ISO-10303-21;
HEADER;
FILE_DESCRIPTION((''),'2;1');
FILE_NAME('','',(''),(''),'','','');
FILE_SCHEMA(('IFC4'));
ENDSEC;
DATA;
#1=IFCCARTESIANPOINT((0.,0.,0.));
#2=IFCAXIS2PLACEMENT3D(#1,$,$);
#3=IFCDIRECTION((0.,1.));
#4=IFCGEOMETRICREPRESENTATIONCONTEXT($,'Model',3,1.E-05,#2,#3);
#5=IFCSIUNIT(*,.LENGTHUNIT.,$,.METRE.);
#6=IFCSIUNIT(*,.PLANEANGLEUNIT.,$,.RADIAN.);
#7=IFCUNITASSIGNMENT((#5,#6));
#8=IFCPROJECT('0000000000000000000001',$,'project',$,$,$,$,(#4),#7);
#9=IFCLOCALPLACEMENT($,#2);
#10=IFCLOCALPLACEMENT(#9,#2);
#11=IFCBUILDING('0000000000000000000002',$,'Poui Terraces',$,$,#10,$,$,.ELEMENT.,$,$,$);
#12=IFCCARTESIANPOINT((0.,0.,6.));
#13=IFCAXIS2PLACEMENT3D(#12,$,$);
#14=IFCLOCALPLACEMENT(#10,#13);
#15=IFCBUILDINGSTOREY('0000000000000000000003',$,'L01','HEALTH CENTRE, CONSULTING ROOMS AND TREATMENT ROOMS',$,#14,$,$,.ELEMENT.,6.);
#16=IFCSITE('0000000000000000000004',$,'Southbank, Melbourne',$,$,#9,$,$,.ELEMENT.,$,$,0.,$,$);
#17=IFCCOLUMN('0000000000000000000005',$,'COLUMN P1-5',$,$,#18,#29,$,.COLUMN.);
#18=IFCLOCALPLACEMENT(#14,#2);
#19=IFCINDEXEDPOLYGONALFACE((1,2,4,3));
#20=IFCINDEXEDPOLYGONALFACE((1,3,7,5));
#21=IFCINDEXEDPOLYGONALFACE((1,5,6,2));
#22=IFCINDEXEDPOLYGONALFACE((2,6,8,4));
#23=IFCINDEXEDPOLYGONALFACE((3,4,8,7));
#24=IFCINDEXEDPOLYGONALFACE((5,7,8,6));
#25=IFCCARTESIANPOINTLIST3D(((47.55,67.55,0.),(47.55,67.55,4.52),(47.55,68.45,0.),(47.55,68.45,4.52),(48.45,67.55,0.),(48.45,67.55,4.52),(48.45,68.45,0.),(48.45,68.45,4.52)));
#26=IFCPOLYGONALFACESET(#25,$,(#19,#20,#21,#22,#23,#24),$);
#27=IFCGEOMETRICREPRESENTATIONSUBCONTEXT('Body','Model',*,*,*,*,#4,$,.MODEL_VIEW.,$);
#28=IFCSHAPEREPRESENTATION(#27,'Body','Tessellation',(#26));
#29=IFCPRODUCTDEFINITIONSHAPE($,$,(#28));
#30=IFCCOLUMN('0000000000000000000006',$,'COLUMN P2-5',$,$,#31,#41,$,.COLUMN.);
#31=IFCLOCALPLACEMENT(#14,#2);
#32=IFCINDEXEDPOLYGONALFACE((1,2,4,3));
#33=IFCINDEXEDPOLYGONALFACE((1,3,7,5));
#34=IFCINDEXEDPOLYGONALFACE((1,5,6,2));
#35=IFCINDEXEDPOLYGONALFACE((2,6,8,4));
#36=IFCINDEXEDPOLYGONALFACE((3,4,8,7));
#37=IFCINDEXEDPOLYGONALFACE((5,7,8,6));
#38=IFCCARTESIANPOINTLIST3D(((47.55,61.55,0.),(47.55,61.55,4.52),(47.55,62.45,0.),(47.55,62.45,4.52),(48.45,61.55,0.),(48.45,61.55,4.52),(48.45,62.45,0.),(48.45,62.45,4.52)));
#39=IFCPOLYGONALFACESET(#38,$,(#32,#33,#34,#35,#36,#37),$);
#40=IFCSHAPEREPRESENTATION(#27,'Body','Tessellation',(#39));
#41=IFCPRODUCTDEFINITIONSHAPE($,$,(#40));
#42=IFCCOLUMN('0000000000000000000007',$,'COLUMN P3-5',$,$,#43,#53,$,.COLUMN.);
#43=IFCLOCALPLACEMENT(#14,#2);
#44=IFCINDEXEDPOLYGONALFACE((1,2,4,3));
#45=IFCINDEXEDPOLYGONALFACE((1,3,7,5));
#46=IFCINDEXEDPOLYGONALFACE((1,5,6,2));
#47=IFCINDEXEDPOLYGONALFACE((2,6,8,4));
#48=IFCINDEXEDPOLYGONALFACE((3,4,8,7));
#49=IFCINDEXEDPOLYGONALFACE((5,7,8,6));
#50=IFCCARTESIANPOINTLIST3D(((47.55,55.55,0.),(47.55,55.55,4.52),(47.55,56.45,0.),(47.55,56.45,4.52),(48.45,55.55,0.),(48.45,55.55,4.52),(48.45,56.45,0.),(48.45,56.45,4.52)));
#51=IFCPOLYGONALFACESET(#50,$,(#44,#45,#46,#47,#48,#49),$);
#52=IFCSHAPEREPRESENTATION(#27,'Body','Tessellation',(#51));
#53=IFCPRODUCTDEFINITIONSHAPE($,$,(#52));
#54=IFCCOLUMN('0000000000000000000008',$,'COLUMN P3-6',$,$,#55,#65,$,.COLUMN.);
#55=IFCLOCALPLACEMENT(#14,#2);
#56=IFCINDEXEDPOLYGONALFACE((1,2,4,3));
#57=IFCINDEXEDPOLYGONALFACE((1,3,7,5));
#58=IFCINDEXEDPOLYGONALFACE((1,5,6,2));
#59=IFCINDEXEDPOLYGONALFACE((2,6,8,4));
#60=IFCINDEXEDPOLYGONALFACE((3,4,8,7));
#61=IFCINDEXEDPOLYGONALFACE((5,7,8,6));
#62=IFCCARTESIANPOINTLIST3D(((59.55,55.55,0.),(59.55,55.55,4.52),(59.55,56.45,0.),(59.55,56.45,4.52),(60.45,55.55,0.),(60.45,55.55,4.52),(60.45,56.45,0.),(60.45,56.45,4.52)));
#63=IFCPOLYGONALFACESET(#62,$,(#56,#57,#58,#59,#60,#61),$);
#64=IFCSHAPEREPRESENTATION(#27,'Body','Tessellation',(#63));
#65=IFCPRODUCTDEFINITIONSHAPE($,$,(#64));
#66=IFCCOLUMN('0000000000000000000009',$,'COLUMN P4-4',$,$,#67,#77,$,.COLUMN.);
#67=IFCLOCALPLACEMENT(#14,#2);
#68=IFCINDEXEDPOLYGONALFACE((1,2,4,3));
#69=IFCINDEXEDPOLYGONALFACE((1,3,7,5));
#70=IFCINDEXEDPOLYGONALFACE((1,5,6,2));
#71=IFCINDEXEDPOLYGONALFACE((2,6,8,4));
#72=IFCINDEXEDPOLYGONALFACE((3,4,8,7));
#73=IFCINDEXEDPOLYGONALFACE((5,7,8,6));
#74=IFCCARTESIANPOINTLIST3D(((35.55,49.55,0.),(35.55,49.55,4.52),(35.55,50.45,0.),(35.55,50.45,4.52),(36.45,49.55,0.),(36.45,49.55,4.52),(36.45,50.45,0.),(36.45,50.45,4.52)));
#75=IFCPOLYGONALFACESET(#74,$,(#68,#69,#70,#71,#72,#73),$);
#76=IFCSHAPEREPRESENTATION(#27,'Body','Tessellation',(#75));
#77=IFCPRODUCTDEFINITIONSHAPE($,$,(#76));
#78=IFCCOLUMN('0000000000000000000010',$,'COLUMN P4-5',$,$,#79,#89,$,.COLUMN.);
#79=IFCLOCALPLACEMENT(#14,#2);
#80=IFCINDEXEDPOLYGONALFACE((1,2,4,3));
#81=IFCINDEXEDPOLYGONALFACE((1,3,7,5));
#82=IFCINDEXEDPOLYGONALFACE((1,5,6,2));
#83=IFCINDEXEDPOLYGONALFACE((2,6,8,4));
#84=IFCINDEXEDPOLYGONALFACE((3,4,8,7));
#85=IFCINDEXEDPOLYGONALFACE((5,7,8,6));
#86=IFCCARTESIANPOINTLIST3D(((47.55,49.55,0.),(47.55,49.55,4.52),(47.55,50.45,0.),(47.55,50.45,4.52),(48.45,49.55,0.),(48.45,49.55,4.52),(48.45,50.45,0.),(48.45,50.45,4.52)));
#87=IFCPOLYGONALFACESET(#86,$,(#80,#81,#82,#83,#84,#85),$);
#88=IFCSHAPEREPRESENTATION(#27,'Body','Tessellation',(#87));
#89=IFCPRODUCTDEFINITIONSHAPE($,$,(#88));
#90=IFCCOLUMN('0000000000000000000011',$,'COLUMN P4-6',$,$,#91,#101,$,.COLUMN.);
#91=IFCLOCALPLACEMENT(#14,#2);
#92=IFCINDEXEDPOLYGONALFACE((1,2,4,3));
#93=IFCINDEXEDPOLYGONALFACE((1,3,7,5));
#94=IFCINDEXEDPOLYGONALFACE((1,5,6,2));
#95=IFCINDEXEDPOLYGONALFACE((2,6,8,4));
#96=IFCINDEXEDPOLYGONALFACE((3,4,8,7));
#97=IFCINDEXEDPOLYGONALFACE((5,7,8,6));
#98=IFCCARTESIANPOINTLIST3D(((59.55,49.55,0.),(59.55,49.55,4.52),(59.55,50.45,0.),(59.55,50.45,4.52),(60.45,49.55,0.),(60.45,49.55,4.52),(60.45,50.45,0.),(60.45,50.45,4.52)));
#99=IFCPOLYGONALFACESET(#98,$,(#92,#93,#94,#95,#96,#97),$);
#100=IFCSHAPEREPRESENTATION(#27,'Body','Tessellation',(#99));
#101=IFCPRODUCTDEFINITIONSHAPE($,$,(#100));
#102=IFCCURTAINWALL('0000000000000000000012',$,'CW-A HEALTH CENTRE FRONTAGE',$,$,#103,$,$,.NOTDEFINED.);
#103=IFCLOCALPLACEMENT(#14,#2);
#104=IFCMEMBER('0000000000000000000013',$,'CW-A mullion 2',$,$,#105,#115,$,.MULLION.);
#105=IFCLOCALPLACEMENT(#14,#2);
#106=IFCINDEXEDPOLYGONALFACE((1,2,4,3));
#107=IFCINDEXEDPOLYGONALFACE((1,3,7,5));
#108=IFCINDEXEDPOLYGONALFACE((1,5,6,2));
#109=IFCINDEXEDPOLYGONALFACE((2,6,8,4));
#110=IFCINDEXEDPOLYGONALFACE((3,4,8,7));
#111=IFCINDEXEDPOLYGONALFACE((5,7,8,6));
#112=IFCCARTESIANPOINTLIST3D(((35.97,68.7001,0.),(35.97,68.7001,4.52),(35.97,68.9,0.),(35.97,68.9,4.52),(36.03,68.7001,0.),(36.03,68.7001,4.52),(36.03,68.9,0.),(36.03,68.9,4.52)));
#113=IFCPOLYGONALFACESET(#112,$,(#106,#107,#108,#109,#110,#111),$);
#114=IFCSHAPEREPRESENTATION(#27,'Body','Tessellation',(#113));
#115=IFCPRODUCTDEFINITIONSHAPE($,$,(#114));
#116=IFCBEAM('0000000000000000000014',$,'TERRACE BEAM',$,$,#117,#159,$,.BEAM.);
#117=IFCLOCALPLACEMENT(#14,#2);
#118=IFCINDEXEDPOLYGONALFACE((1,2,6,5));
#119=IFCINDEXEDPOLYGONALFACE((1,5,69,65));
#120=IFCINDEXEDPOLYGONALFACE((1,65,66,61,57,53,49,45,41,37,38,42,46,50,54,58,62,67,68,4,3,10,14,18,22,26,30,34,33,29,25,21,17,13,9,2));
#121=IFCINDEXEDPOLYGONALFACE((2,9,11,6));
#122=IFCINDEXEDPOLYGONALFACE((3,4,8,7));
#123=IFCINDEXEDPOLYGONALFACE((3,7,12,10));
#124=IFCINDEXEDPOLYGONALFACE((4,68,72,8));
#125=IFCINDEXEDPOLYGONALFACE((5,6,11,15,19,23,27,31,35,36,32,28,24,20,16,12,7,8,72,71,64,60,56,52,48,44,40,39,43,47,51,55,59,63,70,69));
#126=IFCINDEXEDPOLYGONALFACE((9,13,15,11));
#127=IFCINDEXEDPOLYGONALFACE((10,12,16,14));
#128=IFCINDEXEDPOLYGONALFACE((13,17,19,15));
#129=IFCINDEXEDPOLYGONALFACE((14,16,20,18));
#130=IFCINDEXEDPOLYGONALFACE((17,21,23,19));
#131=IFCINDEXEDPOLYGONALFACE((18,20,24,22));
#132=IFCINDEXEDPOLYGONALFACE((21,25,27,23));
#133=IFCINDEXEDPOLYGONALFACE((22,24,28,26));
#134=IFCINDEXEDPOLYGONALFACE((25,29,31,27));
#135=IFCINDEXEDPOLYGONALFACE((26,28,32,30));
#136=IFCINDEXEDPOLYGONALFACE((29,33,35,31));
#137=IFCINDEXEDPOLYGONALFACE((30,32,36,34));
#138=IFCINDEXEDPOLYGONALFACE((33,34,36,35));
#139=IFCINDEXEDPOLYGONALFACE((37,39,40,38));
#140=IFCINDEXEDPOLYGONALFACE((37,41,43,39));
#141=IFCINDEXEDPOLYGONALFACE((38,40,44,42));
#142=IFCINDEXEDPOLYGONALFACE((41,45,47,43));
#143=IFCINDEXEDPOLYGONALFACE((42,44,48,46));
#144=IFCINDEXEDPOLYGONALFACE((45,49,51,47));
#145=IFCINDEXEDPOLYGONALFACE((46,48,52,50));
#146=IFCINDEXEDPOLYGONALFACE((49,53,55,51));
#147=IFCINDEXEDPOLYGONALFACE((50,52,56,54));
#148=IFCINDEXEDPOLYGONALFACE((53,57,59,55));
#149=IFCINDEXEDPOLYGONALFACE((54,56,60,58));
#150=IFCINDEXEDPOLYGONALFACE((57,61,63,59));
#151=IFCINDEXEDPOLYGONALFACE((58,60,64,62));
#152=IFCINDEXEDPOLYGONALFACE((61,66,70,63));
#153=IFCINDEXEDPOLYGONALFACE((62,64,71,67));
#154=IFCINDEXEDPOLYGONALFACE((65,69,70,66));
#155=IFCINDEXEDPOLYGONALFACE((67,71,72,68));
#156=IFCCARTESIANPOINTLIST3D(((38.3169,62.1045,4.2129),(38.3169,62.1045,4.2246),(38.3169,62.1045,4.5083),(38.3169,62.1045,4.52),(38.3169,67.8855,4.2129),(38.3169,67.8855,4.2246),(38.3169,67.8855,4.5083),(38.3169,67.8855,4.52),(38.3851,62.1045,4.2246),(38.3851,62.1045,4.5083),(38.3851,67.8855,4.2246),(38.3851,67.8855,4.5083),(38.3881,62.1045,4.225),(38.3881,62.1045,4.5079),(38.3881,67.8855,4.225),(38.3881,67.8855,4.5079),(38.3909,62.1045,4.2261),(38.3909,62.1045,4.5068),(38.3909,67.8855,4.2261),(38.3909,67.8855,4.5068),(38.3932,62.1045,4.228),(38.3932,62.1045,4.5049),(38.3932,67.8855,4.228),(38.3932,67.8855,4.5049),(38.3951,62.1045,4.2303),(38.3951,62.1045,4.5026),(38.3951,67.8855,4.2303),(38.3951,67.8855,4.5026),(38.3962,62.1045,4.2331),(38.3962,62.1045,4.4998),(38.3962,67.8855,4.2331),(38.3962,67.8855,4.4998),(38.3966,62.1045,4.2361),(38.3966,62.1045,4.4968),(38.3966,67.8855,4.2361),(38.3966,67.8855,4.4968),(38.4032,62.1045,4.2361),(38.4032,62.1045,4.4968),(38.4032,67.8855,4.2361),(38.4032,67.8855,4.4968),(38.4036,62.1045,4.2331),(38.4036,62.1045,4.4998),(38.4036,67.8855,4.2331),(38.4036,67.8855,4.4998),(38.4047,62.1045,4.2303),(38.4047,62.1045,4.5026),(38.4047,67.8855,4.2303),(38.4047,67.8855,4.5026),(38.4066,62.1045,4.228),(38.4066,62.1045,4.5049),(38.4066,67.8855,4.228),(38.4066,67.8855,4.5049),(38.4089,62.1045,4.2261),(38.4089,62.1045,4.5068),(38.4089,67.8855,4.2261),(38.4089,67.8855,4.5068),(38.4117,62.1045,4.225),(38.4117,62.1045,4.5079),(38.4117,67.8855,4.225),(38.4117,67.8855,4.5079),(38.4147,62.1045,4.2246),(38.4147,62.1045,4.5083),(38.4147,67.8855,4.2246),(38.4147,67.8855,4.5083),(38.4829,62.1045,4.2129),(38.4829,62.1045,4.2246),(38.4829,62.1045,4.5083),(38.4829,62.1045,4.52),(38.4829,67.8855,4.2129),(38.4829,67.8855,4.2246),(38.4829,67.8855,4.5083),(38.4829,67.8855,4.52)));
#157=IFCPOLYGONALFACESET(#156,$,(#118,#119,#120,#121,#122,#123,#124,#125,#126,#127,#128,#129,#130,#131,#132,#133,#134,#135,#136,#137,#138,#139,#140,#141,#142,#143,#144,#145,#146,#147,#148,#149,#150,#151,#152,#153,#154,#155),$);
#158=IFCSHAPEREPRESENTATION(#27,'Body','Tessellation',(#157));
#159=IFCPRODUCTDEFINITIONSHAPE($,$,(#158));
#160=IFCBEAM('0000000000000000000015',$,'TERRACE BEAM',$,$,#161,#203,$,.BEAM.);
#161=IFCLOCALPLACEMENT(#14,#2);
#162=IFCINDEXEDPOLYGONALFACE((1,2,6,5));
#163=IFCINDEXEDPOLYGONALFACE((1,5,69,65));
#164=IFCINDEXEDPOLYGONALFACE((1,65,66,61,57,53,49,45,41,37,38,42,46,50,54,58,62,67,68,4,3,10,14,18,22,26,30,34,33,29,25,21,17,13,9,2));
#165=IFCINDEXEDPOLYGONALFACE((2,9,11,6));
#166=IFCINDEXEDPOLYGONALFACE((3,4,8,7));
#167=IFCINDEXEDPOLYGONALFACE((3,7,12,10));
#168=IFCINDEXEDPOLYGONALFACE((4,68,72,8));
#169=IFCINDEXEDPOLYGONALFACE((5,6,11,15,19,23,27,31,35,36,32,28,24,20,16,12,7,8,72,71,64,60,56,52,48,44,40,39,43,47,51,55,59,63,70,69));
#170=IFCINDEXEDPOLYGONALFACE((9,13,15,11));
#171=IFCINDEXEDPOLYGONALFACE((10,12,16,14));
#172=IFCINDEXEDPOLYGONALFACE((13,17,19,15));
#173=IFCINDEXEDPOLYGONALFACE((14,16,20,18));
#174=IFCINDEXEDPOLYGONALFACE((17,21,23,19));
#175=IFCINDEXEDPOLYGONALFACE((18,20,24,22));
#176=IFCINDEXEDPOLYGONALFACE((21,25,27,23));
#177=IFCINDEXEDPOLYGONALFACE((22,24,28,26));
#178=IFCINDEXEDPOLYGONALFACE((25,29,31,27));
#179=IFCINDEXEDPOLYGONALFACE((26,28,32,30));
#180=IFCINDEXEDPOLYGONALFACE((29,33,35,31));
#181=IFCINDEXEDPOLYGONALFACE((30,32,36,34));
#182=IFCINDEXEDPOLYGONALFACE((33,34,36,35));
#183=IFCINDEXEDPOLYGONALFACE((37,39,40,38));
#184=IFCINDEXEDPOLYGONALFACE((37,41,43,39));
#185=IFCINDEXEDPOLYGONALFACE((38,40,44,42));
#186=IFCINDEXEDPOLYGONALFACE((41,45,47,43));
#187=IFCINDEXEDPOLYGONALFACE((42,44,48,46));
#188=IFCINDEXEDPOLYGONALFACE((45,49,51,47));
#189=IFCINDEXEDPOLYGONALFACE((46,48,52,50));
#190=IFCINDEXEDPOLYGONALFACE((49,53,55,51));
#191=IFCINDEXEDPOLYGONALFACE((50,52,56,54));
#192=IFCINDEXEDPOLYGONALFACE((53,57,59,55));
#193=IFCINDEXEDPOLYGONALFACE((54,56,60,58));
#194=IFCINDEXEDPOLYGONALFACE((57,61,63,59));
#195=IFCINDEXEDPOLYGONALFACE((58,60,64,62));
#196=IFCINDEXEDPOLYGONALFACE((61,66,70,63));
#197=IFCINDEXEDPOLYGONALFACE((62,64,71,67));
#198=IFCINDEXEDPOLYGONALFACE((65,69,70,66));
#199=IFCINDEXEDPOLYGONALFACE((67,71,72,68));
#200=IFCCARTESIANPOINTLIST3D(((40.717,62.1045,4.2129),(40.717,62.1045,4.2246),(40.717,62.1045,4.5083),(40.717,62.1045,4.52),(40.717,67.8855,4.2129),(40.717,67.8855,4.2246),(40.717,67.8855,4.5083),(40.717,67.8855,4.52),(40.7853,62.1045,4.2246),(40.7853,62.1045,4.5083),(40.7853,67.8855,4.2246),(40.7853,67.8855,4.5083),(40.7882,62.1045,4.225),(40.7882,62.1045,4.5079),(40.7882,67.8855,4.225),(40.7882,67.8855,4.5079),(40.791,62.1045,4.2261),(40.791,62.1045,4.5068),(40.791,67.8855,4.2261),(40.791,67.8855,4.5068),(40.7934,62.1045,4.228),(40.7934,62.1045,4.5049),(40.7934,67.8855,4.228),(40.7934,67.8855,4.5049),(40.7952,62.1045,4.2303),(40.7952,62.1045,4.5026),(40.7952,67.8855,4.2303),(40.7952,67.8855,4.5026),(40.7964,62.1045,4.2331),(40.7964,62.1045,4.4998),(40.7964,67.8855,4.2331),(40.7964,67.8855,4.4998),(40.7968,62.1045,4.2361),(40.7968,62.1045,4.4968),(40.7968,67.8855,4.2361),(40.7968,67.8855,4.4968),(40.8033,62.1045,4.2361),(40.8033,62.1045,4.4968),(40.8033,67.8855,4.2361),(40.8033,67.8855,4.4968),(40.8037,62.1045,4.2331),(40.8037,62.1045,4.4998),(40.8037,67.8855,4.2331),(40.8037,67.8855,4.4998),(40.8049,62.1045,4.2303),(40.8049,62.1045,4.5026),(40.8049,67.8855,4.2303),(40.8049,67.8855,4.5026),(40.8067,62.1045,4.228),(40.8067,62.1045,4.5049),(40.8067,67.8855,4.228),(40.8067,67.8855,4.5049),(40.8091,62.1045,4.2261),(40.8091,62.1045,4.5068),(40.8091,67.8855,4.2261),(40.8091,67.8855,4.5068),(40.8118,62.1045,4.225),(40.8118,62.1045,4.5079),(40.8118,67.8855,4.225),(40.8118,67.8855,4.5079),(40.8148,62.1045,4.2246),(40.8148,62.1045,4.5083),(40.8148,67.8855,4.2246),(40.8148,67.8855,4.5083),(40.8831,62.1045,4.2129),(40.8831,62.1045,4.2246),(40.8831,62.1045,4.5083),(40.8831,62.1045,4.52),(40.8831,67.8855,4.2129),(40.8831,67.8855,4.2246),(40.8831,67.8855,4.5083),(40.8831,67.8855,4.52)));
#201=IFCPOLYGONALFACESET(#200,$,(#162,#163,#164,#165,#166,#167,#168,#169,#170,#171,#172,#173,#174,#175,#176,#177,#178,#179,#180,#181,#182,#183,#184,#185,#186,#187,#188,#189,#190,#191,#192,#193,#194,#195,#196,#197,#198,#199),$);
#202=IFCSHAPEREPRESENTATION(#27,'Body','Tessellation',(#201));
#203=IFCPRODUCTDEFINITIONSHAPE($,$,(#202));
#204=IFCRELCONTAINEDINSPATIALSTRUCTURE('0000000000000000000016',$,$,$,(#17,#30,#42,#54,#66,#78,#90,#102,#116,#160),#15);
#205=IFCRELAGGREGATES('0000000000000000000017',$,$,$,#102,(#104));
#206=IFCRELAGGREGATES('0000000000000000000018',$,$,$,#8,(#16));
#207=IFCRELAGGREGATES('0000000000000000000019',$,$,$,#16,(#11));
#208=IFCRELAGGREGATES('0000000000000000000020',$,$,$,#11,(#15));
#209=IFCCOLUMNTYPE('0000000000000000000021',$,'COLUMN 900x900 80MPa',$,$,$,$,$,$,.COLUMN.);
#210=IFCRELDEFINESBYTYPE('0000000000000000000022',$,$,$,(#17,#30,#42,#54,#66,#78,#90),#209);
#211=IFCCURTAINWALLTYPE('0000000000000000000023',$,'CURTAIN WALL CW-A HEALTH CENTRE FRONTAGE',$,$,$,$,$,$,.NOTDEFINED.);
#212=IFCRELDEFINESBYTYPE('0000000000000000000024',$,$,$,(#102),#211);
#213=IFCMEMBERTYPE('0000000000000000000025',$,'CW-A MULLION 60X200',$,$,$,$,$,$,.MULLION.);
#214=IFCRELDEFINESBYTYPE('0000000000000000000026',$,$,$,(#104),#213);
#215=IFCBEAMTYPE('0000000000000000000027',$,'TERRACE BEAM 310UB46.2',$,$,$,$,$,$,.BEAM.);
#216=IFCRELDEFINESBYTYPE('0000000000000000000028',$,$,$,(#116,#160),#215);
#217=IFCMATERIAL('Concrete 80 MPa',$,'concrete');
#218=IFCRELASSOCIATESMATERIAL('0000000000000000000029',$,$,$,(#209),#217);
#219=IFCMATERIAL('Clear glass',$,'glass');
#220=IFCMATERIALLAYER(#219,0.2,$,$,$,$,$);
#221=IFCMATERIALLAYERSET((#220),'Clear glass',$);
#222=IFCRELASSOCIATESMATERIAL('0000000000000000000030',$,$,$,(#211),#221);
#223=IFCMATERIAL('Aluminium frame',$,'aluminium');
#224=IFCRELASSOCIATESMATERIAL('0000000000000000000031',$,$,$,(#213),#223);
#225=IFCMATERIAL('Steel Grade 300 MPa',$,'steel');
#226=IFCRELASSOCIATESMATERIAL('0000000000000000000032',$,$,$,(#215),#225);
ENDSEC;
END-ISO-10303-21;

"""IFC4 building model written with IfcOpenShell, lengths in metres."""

from ifc_helpers import new_model, si_unit, direction, frame, origin, origin_2d, place, context, subcontext, project, spatial, rectangle, i_section, extrude, source, transform, mapped, material, layer, layer_set, material_profile, profile_set, type_object, element, aggregate, save


model = new_model("IFC4")

# Units and contexts
model_context = context("Model", 3, precision=1e-05, world=origin(), true_north=direction((0.0, 1.0)))
body_context = subcontext(model_context, "Body", "Model", "MODEL_VIEW")
ifc_project = project(units=[si_unit("LENGTHUNIT", "METRE"), si_unit("PLANEANGLEUNIT", "RADIAN")], contexts=[model_context])

# Site, building, storey
site_placement = place(None, origin())
site = spatial("IfcSite", under=ifc_project, at=site_placement, Name="Southbank, Melbourne", CompositionType="ELEMENT", RefElevation=0.0)
building_placement = place(site_placement, origin())
building = spatial("IfcBuilding", under=site, at=building_placement, Name="Poui Terraces", CompositionType="ELEMENT")
storey_placement = place(building_placement, frame((0.0, 0.0, 6.0)))
storey = spatial("IfcBuildingStorey", under=building, at=storey_placement, Name="L01", Description="HEALTH CENTRE, CONSULTING ROOMS AND TREATMENT ROOMS", CompositionType="ELEMENT", Elevation=6.0)

# Columns
ifc_material_1 = material(Name="Concrete 80 MPa", Category="concrete")
ifc_material_profile_1 = material_profile(ifc_material_1, rectangle(XDim=0.8999, YDim=0.8999, at=origin_2d()), Name="RC 900x900")
ifc_profile_set_1 = profile_set([ifc_material_profile_1], Name="Concrete 80 MPa")
column_type = type_object("IfcColumnType", Name="COLUMN 900x900 80MPa", PredefinedType="COLUMN", material=ifc_profile_set_1)
shared_shape_1 = source(origin(), body_context, "Body", "SweptSolid", [
    extrude(rectangle(XDim=0.8999, YDim=0.8999, at=origin_2d()), origin(), (0.0, 0.0, 1.0), 4.52),
])
for number, where, z_axis, x_axis, name in (
    (1, (48.0, 68.0, 0.0), (0.0, 0.0, 1.0), (1.0, 0.0, 0.0), "COLUMN P1-5"),
    (2, (48.0, 62.0, 0.0), (0.0, 0.0, 1.0), (1.0, 0.0, 0.0), "COLUMN P2-5"),
    (3, (48.0, 56.0, 0.0), (0.0, 0.0, 1.0), (1.0, 0.0, 0.0), "COLUMN P3-5"),
    (4, (60.0, 56.0, 0.0), (0.0, 0.0, 1.0), (1.0, 0.0, 0.0), "COLUMN P3-6"),
    (5, (36.0, 50.0, 0.0), (0.0, 0.0, 1.0), (1.0, 0.0, 0.0), "COLUMN P4-4"),
    (6, (48.0, 50.0, 0.0), (0.0, 0.0, 1.0), (1.0, 0.0, 0.0), "COLUMN P4-5"),
    (7, (60.0, 50.0, 0.0), (0.0, 0.0, 1.0), (1.0, 0.0, 0.0), "COLUMN P4-6"),
):
    element("IfcColumn", number, at=place(storey_placement, frame(where, z_axis=z_axis, x_axis=x_axis)), inside=storey, type_object=column_type, Name=name, PredefinedType="COLUMN", context=body_context, shape_type="MappedRepresentation", body=[
        mapped(shared_shape_1, transform((0.0, 0.0, 0.0))),
    ])

# Curtain wall, member
ifc_material_2 = material(Name="Clear glass", Category="glass")
ifc_layer_1 = layer(ifc_material_2, 0.2)
ifc_layer_set_1 = layer_set([ifc_layer_1], Name="Clear glass")
curtain_wall_type = type_object("IfcCurtainWallType", Name="CURTAIN WALL CW-A HEALTH CENTRE FRONTAGE", PredefinedType="NOTDEFINED", material=ifc_layer_set_1)
curtain_wall_placement = place(storey_placement, origin())
curtain_wall = element("IfcCurtainWall", 8, at=curtain_wall_placement, inside=storey, type_object=curtain_wall_type, Name="CW-A HEALTH CENTRE FRONTAGE", PredefinedType="NOTDEFINED")
ifc_material_3 = material(Name="Aluminium frame", Category="aluminium")
ifc_material_profile_2 = material_profile(ifc_material_3, rectangle(XDim=0.2, YDim=0.0601, at=origin_2d()), Name="CW-A MULLION 60X200")
ifc_profile_set_2 = profile_set([ifc_material_profile_2], Name="Aluminium frame")
member_type = type_object("IfcMemberType", Name="CW-A MULLION 60X200", PredefinedType="MULLION", material=ifc_profile_set_2)
member_placement = place(storey_placement, frame((36.0, 68.8, 0.0), z_axis=(0.0, 0.0, 1.0), x_axis=(0.0, -1.0, 0.0)))
member = element("IfcMember", 9, at=member_placement, type_object=member_type, Name="CW-A mullion 2", PredefinedType="MULLION", context=body_context, shape_type="SweptSolid", body=[
    extrude(rectangle(XDim=0.2, YDim=0.0601, at=origin_2d()), origin(), (0.0, 0.0, 1.0), 4.52),
])

# Beams
ifc_material_4 = material(Name="Steel Grade 300 MPa", Category="steel")
ifc_material_profile_3 = material_profile(ifc_material_4, i_section(OverallWidth=0.166, OverallDepth=0.3071, WebThickness=0.0066, FlangeThickness=0.0117, FilletRadius=0.0115, at=origin_2d()), Name="310UB46.2")
ifc_profile_set_3 = profile_set([ifc_material_profile_3], Name="Steel Grade 300 MPa")
beam_type_1 = type_object("IfcBeamType", Name="TERRACE BEAM 310UB46.2", PredefinedType="BEAM", material=ifc_profile_set_3)
shared_shape_2 = source(origin(), body_context, "Body", "SweptSolid", [
    extrude(i_section(OverallWidth=0.166, OverallDepth=0.3071, WebThickness=0.0066, FlangeThickness=0.0117, FilletRadius=0.0115, at=origin_2d()), origin(), (0.0, 0.0, 1.0), 5.781),
])
for number, where, z_axis, x_axis, name in (
    (10, (38.3999, 62.1045, 4.3665), (0.0, 1.0, 0.0), (-1.0, 0.0, 0.0), "TERRACE BEAM"),
    (11, (40.8, 62.1045, 4.3665), (0.0, 1.0, 0.0), (-1.0, 0.0, 0.0), "TERRACE BEAM"),
):
    element("IfcBeam", number, at=place(storey_placement, frame(where, z_axis=z_axis, x_axis=x_axis)), inside=storey, type_object=beam_type_1, Name=name, PredefinedType="BEAM", context=body_context, shape_type="MappedRepresentation", body=[
        mapped(shared_shape_2, transform((0.0, 0.0, 0.0))),
    ])

aggregate(curtain_wall, [member])

save(model, "model.ifc")
